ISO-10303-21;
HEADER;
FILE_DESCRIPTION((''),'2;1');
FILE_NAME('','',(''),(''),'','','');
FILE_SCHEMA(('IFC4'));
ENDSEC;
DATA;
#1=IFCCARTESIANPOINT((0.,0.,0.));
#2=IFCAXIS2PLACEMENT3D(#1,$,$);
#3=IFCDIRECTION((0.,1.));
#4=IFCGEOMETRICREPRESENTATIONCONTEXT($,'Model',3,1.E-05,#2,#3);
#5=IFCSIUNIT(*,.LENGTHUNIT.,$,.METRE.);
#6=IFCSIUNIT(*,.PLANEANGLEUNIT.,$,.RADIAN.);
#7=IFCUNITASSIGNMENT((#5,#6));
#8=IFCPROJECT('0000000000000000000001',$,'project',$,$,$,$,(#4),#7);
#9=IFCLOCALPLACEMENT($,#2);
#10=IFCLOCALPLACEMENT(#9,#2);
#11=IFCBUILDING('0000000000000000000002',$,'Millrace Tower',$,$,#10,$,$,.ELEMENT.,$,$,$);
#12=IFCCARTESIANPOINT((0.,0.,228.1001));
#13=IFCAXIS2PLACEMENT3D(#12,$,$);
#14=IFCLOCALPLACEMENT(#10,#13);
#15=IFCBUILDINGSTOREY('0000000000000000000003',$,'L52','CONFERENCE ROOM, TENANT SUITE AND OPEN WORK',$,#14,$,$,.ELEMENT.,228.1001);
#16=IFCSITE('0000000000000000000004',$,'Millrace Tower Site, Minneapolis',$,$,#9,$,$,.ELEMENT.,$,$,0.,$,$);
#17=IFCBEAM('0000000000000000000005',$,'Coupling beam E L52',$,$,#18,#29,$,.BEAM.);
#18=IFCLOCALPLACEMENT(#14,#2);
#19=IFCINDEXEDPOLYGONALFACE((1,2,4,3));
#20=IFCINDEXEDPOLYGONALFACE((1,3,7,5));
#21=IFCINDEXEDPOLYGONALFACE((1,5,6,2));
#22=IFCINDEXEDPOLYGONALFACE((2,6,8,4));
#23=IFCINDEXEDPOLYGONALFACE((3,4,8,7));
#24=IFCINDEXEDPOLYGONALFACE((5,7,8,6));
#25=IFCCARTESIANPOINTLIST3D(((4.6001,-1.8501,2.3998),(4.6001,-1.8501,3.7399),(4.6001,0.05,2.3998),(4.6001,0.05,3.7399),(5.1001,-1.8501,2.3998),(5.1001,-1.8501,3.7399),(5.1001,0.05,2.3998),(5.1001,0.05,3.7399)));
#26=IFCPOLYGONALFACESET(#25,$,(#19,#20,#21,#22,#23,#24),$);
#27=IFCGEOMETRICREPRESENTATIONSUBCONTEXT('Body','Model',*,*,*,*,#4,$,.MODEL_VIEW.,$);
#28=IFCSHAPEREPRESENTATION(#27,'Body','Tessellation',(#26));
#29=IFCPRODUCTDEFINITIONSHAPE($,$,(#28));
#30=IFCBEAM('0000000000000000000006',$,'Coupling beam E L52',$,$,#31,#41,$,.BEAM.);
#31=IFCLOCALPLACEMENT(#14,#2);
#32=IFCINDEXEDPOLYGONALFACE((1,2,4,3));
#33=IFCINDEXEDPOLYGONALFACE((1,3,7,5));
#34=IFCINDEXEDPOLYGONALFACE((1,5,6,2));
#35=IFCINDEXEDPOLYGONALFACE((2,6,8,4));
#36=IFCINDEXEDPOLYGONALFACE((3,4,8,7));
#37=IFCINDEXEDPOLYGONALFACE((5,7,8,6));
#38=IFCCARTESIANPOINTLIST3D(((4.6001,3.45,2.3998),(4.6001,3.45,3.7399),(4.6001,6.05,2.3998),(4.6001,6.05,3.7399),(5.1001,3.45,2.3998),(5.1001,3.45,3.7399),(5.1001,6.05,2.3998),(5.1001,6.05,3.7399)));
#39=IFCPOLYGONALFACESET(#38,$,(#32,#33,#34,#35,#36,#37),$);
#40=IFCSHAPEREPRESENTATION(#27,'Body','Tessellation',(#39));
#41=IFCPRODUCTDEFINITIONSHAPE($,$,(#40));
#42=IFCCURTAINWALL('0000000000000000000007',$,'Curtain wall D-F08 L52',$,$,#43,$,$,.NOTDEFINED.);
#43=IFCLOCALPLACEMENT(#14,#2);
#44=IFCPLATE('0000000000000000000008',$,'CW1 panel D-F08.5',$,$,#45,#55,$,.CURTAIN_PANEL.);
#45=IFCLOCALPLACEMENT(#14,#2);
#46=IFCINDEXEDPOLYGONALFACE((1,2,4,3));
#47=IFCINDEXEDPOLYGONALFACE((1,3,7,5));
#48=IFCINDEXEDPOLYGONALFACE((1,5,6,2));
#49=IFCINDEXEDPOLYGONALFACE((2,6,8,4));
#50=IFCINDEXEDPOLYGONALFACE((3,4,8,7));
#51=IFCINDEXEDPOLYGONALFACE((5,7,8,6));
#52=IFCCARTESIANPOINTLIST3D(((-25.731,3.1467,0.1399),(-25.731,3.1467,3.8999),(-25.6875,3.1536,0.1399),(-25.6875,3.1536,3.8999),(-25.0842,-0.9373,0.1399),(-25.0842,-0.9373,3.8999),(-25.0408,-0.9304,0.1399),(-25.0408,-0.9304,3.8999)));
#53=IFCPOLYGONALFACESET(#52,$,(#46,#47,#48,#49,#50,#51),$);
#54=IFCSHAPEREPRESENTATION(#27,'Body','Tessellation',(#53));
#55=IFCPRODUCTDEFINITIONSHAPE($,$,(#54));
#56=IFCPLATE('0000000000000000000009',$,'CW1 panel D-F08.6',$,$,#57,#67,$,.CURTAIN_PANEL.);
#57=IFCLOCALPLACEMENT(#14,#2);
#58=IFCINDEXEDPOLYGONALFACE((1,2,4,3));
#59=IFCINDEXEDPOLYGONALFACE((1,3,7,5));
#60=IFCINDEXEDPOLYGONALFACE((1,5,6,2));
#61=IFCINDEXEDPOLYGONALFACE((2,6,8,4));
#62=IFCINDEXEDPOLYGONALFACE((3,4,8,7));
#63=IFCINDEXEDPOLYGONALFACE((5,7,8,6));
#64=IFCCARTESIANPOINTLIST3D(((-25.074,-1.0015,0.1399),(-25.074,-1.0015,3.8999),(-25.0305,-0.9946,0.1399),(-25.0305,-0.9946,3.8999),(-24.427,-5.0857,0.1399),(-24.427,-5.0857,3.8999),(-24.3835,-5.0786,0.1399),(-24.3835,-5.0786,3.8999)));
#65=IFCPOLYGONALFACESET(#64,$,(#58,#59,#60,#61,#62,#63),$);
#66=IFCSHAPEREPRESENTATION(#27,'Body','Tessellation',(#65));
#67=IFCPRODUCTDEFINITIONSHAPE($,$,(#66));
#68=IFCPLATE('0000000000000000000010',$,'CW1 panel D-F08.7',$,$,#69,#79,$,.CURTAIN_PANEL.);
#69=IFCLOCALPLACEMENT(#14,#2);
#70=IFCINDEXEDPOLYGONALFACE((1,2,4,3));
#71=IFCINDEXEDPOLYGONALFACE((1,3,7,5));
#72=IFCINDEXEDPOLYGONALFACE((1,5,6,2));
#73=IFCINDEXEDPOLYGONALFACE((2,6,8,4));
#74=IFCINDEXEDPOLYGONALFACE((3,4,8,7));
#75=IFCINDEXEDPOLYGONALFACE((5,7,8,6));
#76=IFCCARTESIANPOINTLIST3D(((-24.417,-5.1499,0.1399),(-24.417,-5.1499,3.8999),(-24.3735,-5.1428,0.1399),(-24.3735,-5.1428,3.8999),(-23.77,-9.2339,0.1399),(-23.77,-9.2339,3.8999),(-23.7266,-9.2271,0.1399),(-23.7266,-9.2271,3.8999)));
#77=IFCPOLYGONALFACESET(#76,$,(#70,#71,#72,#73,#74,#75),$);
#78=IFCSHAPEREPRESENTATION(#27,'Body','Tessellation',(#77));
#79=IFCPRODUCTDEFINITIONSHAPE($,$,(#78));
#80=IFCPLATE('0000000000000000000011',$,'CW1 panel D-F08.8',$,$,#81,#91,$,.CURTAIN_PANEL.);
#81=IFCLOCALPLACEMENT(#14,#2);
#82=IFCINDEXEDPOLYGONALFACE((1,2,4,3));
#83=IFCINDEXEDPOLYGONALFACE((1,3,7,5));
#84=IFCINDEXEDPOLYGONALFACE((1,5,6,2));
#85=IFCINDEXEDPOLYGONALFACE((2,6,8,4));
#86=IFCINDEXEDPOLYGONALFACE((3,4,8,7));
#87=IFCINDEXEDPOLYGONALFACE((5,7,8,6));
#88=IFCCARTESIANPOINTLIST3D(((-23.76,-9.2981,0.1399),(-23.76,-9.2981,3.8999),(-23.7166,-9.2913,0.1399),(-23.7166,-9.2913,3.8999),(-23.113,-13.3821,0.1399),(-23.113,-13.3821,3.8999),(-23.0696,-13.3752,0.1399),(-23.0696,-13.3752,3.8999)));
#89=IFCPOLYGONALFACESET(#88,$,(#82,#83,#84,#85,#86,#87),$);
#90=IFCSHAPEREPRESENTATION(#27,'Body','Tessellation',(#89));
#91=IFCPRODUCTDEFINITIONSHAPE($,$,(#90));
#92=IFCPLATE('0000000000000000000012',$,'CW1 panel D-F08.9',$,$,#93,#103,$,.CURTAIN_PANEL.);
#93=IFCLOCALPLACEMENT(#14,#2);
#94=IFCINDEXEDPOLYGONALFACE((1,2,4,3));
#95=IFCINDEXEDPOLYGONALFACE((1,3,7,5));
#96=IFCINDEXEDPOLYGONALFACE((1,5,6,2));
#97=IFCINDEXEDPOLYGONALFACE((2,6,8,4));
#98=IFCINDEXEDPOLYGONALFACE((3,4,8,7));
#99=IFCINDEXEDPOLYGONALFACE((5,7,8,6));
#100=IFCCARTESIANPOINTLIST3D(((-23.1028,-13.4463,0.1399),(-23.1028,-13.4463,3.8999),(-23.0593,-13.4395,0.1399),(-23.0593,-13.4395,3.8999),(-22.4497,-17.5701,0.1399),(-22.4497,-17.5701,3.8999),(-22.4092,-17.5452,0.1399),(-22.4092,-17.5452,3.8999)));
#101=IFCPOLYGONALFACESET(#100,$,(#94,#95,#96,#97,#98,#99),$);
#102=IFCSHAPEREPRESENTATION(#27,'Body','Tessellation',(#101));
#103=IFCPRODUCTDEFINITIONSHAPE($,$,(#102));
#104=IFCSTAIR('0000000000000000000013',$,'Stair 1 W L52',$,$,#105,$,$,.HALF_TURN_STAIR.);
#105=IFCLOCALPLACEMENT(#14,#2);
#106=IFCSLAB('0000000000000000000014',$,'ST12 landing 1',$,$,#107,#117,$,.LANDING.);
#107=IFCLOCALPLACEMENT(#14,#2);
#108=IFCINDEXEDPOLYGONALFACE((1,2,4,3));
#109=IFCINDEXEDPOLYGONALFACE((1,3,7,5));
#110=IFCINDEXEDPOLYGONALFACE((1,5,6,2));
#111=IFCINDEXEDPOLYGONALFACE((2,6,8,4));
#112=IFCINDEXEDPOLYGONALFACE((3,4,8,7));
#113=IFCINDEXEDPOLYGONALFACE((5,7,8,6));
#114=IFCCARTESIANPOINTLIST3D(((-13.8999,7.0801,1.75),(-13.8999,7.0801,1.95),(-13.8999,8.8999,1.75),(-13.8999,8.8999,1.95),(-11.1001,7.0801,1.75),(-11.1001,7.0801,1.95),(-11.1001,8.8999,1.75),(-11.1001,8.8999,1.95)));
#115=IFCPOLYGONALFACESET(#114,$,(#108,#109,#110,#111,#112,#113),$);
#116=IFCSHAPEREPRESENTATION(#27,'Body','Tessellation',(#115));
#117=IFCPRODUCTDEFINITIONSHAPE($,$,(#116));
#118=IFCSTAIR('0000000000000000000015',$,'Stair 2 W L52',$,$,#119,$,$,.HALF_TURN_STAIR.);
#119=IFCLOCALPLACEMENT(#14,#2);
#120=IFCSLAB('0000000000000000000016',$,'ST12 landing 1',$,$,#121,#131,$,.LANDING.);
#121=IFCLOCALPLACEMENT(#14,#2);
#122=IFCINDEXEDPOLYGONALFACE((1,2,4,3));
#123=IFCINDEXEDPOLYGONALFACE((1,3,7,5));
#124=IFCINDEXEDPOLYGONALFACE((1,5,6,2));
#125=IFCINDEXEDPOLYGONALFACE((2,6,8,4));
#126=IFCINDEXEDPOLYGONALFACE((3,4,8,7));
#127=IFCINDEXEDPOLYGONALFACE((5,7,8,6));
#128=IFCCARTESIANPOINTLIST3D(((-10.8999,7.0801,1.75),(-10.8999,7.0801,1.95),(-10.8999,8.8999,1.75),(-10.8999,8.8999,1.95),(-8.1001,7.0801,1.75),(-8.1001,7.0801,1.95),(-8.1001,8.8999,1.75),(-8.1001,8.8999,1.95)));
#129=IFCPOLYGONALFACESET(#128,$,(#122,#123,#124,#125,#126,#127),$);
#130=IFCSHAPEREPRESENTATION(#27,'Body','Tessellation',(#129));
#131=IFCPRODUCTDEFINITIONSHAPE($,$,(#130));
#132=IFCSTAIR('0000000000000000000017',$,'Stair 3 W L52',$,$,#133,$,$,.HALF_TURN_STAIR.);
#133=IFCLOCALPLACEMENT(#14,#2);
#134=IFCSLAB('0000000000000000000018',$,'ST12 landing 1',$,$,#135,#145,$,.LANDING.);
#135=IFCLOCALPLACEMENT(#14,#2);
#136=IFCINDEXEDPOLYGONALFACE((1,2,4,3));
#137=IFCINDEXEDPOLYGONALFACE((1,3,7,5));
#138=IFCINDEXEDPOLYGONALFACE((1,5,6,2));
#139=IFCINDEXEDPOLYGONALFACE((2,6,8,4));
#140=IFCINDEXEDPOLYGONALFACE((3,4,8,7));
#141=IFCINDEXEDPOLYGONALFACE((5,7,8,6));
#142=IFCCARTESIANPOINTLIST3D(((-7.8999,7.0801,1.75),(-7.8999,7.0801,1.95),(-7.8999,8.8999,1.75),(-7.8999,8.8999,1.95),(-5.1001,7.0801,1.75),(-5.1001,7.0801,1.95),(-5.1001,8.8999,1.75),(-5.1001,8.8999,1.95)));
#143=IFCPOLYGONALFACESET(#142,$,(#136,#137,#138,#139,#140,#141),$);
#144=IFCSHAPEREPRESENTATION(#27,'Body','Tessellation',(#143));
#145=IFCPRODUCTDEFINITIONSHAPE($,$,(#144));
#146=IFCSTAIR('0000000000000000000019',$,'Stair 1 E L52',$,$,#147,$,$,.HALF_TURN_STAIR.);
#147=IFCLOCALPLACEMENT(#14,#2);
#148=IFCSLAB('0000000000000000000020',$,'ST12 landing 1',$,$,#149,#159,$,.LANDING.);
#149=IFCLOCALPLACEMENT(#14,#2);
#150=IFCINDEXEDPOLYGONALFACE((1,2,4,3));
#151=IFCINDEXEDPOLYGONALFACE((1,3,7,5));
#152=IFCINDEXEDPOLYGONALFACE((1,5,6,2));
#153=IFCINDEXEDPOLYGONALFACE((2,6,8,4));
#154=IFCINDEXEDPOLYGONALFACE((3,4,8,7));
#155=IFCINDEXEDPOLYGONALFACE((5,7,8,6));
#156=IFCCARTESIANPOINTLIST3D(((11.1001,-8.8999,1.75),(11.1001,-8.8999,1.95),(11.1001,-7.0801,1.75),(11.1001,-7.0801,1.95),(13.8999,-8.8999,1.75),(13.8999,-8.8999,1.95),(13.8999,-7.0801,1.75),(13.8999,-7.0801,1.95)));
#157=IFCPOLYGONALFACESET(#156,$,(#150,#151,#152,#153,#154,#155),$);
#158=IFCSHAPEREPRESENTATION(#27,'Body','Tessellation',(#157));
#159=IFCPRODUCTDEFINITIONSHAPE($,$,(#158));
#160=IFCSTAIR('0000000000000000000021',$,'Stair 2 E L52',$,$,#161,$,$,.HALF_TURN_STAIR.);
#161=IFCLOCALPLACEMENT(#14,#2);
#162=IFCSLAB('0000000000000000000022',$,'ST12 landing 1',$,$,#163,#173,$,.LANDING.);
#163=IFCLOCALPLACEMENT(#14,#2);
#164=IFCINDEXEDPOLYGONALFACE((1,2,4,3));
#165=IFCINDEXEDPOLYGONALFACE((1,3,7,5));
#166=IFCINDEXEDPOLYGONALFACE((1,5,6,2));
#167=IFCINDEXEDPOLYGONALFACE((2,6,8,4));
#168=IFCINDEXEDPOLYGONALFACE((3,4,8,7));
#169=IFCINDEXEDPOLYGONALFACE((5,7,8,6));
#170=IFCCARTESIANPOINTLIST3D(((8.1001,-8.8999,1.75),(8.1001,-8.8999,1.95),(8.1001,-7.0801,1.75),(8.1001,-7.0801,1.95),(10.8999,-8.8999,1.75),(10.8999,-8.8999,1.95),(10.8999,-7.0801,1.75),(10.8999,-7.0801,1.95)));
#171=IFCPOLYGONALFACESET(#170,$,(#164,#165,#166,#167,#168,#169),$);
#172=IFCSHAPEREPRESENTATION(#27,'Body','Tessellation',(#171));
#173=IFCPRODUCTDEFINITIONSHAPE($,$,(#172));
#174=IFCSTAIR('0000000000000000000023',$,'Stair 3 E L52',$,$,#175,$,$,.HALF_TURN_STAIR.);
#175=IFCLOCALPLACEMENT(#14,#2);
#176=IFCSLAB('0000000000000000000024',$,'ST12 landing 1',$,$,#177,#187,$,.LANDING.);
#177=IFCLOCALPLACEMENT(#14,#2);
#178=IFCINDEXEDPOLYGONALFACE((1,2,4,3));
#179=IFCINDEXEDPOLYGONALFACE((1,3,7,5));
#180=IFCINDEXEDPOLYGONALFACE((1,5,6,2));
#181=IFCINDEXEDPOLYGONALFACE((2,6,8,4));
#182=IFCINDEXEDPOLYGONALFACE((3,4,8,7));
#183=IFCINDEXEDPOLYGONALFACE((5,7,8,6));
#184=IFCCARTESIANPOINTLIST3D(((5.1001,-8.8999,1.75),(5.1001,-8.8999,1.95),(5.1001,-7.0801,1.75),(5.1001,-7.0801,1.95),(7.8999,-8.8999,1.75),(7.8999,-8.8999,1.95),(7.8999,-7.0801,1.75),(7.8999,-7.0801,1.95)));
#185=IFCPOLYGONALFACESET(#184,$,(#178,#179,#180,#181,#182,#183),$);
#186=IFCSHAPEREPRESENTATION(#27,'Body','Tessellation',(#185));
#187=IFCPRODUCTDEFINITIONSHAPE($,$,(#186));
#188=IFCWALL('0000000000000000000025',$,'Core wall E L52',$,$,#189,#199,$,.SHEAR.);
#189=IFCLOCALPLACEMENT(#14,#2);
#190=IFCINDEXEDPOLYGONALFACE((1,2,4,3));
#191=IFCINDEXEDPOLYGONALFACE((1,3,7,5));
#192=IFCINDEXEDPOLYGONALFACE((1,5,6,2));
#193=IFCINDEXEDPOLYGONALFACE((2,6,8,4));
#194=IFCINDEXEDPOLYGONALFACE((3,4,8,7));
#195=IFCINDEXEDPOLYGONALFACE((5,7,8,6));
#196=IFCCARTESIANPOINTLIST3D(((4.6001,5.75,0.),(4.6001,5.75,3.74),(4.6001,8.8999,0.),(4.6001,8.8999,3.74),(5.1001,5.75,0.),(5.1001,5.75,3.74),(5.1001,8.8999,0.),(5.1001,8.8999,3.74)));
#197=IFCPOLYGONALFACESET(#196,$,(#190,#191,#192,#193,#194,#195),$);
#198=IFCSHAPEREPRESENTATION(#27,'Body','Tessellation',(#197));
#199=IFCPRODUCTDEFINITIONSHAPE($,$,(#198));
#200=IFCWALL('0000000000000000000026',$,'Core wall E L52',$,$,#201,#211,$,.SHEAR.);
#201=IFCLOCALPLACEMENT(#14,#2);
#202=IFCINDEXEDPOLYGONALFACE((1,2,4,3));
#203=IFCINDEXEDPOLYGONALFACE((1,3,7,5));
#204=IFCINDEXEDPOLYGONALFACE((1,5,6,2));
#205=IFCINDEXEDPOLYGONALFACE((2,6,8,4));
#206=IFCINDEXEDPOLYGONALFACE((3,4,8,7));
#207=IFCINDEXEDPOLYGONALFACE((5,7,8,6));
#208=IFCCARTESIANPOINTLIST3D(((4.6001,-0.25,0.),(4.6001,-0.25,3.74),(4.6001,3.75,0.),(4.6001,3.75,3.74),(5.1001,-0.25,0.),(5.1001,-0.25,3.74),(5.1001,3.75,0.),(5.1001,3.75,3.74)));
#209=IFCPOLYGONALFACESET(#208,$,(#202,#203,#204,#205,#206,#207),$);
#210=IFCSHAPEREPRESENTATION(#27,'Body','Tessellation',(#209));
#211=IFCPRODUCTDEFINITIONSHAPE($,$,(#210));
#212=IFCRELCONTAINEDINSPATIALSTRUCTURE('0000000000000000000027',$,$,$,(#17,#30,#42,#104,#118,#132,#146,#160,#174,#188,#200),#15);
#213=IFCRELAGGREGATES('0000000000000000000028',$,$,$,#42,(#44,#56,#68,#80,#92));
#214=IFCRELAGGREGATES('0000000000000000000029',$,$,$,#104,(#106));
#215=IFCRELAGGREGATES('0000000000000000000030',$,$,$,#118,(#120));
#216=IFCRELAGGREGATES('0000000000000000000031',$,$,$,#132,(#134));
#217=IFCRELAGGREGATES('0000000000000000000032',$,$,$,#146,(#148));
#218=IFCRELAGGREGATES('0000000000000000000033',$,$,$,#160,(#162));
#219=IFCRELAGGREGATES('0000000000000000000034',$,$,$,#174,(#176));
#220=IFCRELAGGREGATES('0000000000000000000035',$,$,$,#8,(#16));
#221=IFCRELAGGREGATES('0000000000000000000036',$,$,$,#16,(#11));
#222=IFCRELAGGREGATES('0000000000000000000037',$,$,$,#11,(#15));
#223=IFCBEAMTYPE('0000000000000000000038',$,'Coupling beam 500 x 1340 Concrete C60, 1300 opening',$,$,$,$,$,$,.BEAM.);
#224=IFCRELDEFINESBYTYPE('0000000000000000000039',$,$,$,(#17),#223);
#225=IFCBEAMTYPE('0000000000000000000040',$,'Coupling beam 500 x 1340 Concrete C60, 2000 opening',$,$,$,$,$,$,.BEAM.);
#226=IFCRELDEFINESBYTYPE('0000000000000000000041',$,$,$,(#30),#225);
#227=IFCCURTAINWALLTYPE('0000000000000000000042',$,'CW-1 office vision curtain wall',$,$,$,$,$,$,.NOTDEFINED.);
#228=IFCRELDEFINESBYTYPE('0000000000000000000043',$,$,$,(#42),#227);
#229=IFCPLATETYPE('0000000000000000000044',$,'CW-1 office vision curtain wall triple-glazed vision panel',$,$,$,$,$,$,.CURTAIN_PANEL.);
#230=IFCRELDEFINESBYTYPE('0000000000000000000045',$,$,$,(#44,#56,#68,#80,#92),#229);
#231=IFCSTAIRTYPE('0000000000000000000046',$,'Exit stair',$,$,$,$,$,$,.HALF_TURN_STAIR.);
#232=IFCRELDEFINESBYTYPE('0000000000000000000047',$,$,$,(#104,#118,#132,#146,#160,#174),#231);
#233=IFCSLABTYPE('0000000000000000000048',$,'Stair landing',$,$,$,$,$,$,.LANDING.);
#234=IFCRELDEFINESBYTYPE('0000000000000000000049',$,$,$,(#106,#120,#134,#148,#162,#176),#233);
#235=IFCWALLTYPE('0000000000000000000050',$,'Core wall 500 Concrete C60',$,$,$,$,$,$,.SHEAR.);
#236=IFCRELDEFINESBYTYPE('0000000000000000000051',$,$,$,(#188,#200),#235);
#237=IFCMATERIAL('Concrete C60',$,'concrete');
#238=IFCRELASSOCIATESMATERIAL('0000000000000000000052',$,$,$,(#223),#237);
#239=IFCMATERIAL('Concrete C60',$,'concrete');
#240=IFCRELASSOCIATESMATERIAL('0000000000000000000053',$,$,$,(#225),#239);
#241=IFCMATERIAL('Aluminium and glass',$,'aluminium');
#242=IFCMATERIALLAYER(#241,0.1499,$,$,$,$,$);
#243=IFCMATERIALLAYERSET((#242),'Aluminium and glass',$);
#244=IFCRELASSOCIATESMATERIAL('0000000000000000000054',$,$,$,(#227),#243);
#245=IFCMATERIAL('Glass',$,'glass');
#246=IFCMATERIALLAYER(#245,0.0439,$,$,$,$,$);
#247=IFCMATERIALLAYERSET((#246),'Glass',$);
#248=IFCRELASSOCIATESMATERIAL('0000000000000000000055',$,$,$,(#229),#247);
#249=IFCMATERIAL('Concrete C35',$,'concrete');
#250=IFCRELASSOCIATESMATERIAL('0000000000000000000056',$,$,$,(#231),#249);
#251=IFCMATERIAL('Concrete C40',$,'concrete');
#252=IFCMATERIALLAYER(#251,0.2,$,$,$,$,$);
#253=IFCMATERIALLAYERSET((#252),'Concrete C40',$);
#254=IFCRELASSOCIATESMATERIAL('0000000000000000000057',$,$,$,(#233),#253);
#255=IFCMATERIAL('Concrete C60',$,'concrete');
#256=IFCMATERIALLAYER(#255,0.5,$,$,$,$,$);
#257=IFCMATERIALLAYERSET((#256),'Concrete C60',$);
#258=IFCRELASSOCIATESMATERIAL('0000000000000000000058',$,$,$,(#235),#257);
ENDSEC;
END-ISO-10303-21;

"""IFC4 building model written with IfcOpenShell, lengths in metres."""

from ifc_helpers import new_model, si_unit, direction, frame, frame_2d, origin, origin_2d, place, context, subcontext, project, spatial, polyline, rectangle, outline, extrude, material, layer, layer_set, material_profile, profile_set, type_object, element, aggregate, save


model = new_model("IFC4")

# Units and contexts
model_context = context("Model", 3, precision=1e-05, world=origin(), true_north=direction((0.0, 1.0)))
body_context = subcontext(model_context, "Body", "Model", "MODEL_VIEW")
ifc_project = project(units=[si_unit("LENGTHUNIT", "METRE"), si_unit("PLANEANGLEUNIT", "RADIAN")], contexts=[model_context])

# Site, building, storey
site_placement = place(None, origin())
site = spatial("IfcSite", under=ifc_project, at=site_placement, Name="Millrace Tower Site, Minneapolis", CompositionType="ELEMENT", RefElevation=0.0)
building_placement = place(site_placement, origin())
building = spatial("IfcBuilding", under=site, at=building_placement, Name="Millrace Tower", CompositionType="ELEMENT")
storey_placement = place(building_placement, frame((0.0, 0.0, 228.1001)))
storey = spatial("IfcBuildingStorey", under=building, at=storey_placement, Name="L52", Description="CONFERENCE ROOM, TENANT SUITE AND OPEN WORK", CompositionType="ELEMENT", Elevation=228.1001)

# Beams
ifc_material_1 = material(Name="Concrete C60", Category="concrete")
ifc_material_profile_1 = material_profile(ifc_material_1, rectangle(XDim=0.5, YDim=1.3401, at=origin_2d()))
ifc_profile_set_1 = profile_set([ifc_material_profile_1], Name="Concrete C60")
beam_type_1 = type_object("IfcBeamType", Name="Coupling beam 500 x 1340 Concrete C60, 1300 opening", PredefinedType="BEAM", material=ifc_profile_set_1)
beam_1_placement = place(storey_placement, frame((4.8501, 0.05, 3.0698), z_axis=(0.0, -1.0, 0.0), x_axis=(1.0, 0.0, 0.0)))
element("IfcBeam", 1, at=beam_1_placement, inside=storey, type_object=beam_type_1, Name="Coupling beam E L52", PredefinedType="BEAM", context=body_context, shape_type="SweptSolid", body=[
    extrude(rectangle(XDim=0.5, YDim=1.3401, at=origin_2d()), origin(), (0.0, 0.0, 1.0), 1.9001),
])
ifc_material_2 = material(Name="Concrete C60", Category="concrete")
ifc_material_profile_2 = material_profile(ifc_material_2, rectangle(XDim=0.5, YDim=1.3401, at=origin_2d()))
ifc_profile_set_2 = profile_set([ifc_material_profile_2], Name="Concrete C60")
beam_type_2 = type_object("IfcBeamType", Name="Coupling beam 500 x 1340 Concrete C60, 2000 opening", PredefinedType="BEAM", material=ifc_profile_set_2)
beam_2_placement = place(storey_placement, frame((4.8501, 6.05, 3.0698), z_axis=(0.0, -1.0, 0.0), x_axis=(1.0, 0.0, 0.0)))
element("IfcBeam", 2, at=beam_2_placement, inside=storey, type_object=beam_type_2, Name="Coupling beam E L52", PredefinedType="BEAM", context=body_context, shape_type="SweptSolid", body=[
    extrude(rectangle(XDim=0.5, YDim=1.3401, at=origin_2d()), origin(), (0.0, 0.0, 1.0), 2.6001),
])

# Curtain wall, plates
ifc_material_3 = material(Name="Aluminium and glass", Category="aluminium")
ifc_layer_1 = layer(ifc_material_3, 0.1499)
ifc_layer_set_1 = layer_set([ifc_layer_1], Name="Aluminium and glass")
curtain_wall_type = type_object("IfcCurtainWallType", Name="CW-1 office vision curtain wall", PredefinedType="NOTDEFINED", material=ifc_layer_set_1)
placement_1 = place(storey_placement, origin())
curtain_wall = element("IfcCurtainWall", 3, at=placement_1, inside=storey, type_object=curtain_wall_type, Name="Curtain wall D-F08 L52", PredefinedType="NOTDEFINED")
ifc_material_4 = material(Name="Glass", Category="glass")
ifc_layer_2 = layer(ifc_material_4, 0.0439)
ifc_layer_set_2 = layer_set([ifc_layer_2], Name="Glass")
plate_type = type_object("IfcPlateType", Name="CW-1 office vision curtain wall triple-glazed vision panel", PredefinedType="CURTAIN_PANEL", material=ifc_layer_set_2)
placement_2 = place(storey_placement, frame((0.0, 0.0, 0.1399)))
plate_1 = element("IfcPlate", 4, at=placement_2, type_object=plate_type, Name="CW1 panel D-F08.5", PredefinedType="CURTAIN_PANEL", context=body_context, shape_type="SweptSolid", body=[
    extrude(outline(polyline([(-25.731, 3.1467), (-25.0842, -0.9373), (-25.0408, -0.9304), (-25.6875, 3.1536), (-25.731, 3.1467)])), origin(), (0.0, 0.0, 1.0), 3.76),
])
plate_2 = element("IfcPlate", 5, at=placement_2, type_object=plate_type, Name="CW1 panel D-F08.6", PredefinedType="CURTAIN_PANEL", context=body_context, shape_type="SweptSolid", body=[
    extrude(outline(polyline([(-25.074, -1.0015), (-24.427, -5.0857), (-24.3835, -5.0786), (-25.0305, -0.9946), (-25.074, -1.0015)])), origin(), (0.0, 0.0, 1.0), 3.76),
])
plate_3 = element("IfcPlate", 6, at=placement_2, type_object=plate_type, Name="CW1 panel D-F08.7", PredefinedType="CURTAIN_PANEL", context=body_context, shape_type="SweptSolid", body=[
    extrude(outline(polyline([(-24.417, -5.1499), (-23.77, -9.2339), (-23.7266, -9.2271), (-24.3735, -5.1428), (-24.417, -5.1499)])), origin(), (0.0, 0.0, 1.0), 3.76),
])
plate_4 = element("IfcPlate", 7, at=placement_2, type_object=plate_type, Name="CW1 panel D-F08.8", PredefinedType="CURTAIN_PANEL", context=body_context, shape_type="SweptSolid", body=[
    extrude(outline(polyline([(-23.76, -9.2981), (-23.113, -13.3821), (-23.0696, -13.3752), (-23.7166, -9.2913), (-23.76, -9.2981)])), origin(), (0.0, 0.0, 1.0), 3.76),
])
plate_5 = element("IfcPlate", 8, at=placement_2, type_object=plate_type, Name="CW1 panel D-F08.9", PredefinedType="CURTAIN_PANEL", context=body_context, shape_type="SweptSolid", body=[
    extrude(outline(polyline([(-23.1028, -13.4463), (-22.4497, -17.5701), (-22.4092, -17.5452), (-23.0593, -13.4395), (-23.1028, -13.4463)])), origin(), (0.0, 0.0, 1.0), 3.76),
])
aggregate(curtain_wall, [plate_1, plate_2, plate_3, plate_4, plate_5])

# Stairs, slabs
ifc_material_5 = material(Name="Concrete C35", Category="concrete")
stair_type = type_object("IfcStairType", Name="Exit stair", PredefinedType="HALF_TURN_STAIR", material=ifc_material_5)
stair_1 = element("IfcStair", 9, at=placement_1, inside=storey, type_object=stair_type, Name="Stair 1 W L52", PredefinedType="HALF_TURN_STAIR")
ifc_material_6 = material(Name="Concrete C40", Category="concrete")
ifc_layer_3 = layer(ifc_material_6, 0.2)
ifc_layer_set_3 = layer_set([ifc_layer_3], Name="Concrete C40")
slab_type = type_object("IfcSlabType", Name="Stair landing", PredefinedType="LANDING", material=ifc_layer_set_3)
placement_3 = place(storey_placement, frame((0.0, 0.0, 1.75)))
slab_1 = element("IfcSlab", 10, at=placement_3, type_object=slab_type, Name="ST12 landing 1", PredefinedType="LANDING", context=body_context, shape_type="SweptSolid", body=[
    extrude(outline(polyline([(-13.8999, 7.0801), (-11.1001, 7.0801), (-11.1001, 8.8999), (-13.8999, 8.8999), (-13.8999, 7.0801)])), origin(), (0.0, 0.0, 1.0), 0.2),
])
aggregate(stair_1, [slab_1])
stair_2 = element("IfcStair", 11, at=placement_1, inside=storey, type_object=stair_type, Name="Stair 2 W L52", PredefinedType="HALF_TURN_STAIR")
slab_2 = element("IfcSlab", 12, at=placement_3, type_object=slab_type, Name="ST12 landing 1", PredefinedType="LANDING", context=body_context, shape_type="SweptSolid", body=[
    extrude(outline(polyline([(-10.8999, 7.0801), (-8.1001, 7.0801), (-8.1001, 8.8999), (-10.8999, 8.8999), (-10.8999, 7.0801)])), origin(), (0.0, 0.0, 1.0), 0.2),
])
aggregate(stair_2, [slab_2])
stair_3 = element("IfcStair", 13, at=placement_1, inside=storey, type_object=stair_type, Name="Stair 3 W L52", PredefinedType="HALF_TURN_STAIR")
slab_3 = element("IfcSlab", 14, at=placement_3, type_object=slab_type, Name="ST12 landing 1", PredefinedType="LANDING", context=body_context, shape_type="SweptSolid", body=[
    extrude(outline(polyline([(-7.8999, 7.0801), (-5.1001, 7.0801), (-5.1001, 8.8999), (-7.8999, 8.8999), (-7.8999, 7.0801)])), origin(), (0.0, 0.0, 1.0), 0.2),
])
aggregate(stair_3, [slab_3])
stair_4 = element("IfcStair", 15, at=placement_1, inside=storey, type_object=stair_type, Name="Stair 1 E L52", PredefinedType="HALF_TURN_STAIR")
slab_4 = element("IfcSlab", 16, at=placement_3, type_object=slab_type, Name="ST12 landing 1", PredefinedType="LANDING", context=body_context, shape_type="SweptSolid", body=[
    extrude(outline(polyline([(11.1001, -8.8999), (13.8999, -8.8999), (13.8999, -7.0801), (11.1001, -7.0801), (11.1001, -8.8999)])), origin(), (0.0, 0.0, 1.0), 0.2),
])
aggregate(stair_4, [slab_4])
stair_5 = element("IfcStair", 17, at=placement_1, inside=storey, type_object=stair_type, Name="Stair 2 E L52", PredefinedType="HALF_TURN_STAIR")
slab_5 = element("IfcSlab", 18, at=placement_3, type_object=slab_type, Name="ST12 landing 1", PredefinedType="LANDING", context=body_context, shape_type="SweptSolid", body=[
    extrude(outline(polyline([(8.1001, -8.8999), (10.8999, -8.8999), (10.8999, -7.0801), (8.1001, -7.0801), (8.1001, -8.8999)])), origin(), (0.0, 0.0, 1.0), 0.2),
])
aggregate(stair_5, [slab_5])
stair_6 = element("IfcStair", 19, at=placement_1, inside=storey, type_object=stair_type, Name="Stair 3 E L52", PredefinedType="HALF_TURN_STAIR")
slab_6 = element("IfcSlab", 20, at=placement_3, type_object=slab_type, Name="ST12 landing 1", PredefinedType="LANDING", context=body_context, shape_type="SweptSolid", body=[
    extrude(outline(polyline([(5.1001, -8.8999), (7.8999, -8.8999), (7.8999, -7.0801), (5.1001, -7.0801), (5.1001, -8.8999)])), origin(), (0.0, 0.0, 1.0), 0.2),
])
aggregate(stair_6, [slab_6])

# Walls
ifc_material_7 = material(Name="Concrete C60", Category="concrete")
ifc_layer_4 = layer(ifc_material_7, 0.5)
ifc_layer_set_4 = layer_set([ifc_layer_4], Name="Concrete C60")
wall_type_1 = type_object("IfcWallType", Name="Core wall 500 Concrete C60", PredefinedType="SHEAR", material=ifc_layer_set_4)
wall_1_placement = place(storey_placement, frame((4.8501, 8.8999, 0.0), z_axis=(0.0, 0.0, 1.0), x_axis=(0.0, -1.0, 0.0)))
element("IfcWall", 21, at=wall_1_placement, inside=storey, type_object=wall_type_1, Name="Core wall E L52", PredefinedType="SHEAR", context=body_context, shape_type="SweptSolid", body=[
    extrude(rectangle(XDim=3.1499, YDim=0.5, at=frame_2d((1.575, 0.0))), origin(), (0.0, 0.0, 1.0), 3.74),
])
wall_2_placement = place(storey_placement, frame((4.8501, 3.75, 0.0), z_axis=(0.0, 0.0, 1.0), x_axis=(0.0, -1.0, 0.0)))
element("IfcWall", 22, at=wall_2_placement, inside=storey, type_object=wall_type_1, Name="Core wall E L52", PredefinedType="SHEAR", context=body_context, shape_type="SweptSolid", body=[
    extrude(rectangle(XDim=4.0, YDim=0.5, at=frame_2d((2.0, 0.0))), origin(), (0.0, 0.0, 1.0), 3.74),
])

save(model, "model.ifc")
